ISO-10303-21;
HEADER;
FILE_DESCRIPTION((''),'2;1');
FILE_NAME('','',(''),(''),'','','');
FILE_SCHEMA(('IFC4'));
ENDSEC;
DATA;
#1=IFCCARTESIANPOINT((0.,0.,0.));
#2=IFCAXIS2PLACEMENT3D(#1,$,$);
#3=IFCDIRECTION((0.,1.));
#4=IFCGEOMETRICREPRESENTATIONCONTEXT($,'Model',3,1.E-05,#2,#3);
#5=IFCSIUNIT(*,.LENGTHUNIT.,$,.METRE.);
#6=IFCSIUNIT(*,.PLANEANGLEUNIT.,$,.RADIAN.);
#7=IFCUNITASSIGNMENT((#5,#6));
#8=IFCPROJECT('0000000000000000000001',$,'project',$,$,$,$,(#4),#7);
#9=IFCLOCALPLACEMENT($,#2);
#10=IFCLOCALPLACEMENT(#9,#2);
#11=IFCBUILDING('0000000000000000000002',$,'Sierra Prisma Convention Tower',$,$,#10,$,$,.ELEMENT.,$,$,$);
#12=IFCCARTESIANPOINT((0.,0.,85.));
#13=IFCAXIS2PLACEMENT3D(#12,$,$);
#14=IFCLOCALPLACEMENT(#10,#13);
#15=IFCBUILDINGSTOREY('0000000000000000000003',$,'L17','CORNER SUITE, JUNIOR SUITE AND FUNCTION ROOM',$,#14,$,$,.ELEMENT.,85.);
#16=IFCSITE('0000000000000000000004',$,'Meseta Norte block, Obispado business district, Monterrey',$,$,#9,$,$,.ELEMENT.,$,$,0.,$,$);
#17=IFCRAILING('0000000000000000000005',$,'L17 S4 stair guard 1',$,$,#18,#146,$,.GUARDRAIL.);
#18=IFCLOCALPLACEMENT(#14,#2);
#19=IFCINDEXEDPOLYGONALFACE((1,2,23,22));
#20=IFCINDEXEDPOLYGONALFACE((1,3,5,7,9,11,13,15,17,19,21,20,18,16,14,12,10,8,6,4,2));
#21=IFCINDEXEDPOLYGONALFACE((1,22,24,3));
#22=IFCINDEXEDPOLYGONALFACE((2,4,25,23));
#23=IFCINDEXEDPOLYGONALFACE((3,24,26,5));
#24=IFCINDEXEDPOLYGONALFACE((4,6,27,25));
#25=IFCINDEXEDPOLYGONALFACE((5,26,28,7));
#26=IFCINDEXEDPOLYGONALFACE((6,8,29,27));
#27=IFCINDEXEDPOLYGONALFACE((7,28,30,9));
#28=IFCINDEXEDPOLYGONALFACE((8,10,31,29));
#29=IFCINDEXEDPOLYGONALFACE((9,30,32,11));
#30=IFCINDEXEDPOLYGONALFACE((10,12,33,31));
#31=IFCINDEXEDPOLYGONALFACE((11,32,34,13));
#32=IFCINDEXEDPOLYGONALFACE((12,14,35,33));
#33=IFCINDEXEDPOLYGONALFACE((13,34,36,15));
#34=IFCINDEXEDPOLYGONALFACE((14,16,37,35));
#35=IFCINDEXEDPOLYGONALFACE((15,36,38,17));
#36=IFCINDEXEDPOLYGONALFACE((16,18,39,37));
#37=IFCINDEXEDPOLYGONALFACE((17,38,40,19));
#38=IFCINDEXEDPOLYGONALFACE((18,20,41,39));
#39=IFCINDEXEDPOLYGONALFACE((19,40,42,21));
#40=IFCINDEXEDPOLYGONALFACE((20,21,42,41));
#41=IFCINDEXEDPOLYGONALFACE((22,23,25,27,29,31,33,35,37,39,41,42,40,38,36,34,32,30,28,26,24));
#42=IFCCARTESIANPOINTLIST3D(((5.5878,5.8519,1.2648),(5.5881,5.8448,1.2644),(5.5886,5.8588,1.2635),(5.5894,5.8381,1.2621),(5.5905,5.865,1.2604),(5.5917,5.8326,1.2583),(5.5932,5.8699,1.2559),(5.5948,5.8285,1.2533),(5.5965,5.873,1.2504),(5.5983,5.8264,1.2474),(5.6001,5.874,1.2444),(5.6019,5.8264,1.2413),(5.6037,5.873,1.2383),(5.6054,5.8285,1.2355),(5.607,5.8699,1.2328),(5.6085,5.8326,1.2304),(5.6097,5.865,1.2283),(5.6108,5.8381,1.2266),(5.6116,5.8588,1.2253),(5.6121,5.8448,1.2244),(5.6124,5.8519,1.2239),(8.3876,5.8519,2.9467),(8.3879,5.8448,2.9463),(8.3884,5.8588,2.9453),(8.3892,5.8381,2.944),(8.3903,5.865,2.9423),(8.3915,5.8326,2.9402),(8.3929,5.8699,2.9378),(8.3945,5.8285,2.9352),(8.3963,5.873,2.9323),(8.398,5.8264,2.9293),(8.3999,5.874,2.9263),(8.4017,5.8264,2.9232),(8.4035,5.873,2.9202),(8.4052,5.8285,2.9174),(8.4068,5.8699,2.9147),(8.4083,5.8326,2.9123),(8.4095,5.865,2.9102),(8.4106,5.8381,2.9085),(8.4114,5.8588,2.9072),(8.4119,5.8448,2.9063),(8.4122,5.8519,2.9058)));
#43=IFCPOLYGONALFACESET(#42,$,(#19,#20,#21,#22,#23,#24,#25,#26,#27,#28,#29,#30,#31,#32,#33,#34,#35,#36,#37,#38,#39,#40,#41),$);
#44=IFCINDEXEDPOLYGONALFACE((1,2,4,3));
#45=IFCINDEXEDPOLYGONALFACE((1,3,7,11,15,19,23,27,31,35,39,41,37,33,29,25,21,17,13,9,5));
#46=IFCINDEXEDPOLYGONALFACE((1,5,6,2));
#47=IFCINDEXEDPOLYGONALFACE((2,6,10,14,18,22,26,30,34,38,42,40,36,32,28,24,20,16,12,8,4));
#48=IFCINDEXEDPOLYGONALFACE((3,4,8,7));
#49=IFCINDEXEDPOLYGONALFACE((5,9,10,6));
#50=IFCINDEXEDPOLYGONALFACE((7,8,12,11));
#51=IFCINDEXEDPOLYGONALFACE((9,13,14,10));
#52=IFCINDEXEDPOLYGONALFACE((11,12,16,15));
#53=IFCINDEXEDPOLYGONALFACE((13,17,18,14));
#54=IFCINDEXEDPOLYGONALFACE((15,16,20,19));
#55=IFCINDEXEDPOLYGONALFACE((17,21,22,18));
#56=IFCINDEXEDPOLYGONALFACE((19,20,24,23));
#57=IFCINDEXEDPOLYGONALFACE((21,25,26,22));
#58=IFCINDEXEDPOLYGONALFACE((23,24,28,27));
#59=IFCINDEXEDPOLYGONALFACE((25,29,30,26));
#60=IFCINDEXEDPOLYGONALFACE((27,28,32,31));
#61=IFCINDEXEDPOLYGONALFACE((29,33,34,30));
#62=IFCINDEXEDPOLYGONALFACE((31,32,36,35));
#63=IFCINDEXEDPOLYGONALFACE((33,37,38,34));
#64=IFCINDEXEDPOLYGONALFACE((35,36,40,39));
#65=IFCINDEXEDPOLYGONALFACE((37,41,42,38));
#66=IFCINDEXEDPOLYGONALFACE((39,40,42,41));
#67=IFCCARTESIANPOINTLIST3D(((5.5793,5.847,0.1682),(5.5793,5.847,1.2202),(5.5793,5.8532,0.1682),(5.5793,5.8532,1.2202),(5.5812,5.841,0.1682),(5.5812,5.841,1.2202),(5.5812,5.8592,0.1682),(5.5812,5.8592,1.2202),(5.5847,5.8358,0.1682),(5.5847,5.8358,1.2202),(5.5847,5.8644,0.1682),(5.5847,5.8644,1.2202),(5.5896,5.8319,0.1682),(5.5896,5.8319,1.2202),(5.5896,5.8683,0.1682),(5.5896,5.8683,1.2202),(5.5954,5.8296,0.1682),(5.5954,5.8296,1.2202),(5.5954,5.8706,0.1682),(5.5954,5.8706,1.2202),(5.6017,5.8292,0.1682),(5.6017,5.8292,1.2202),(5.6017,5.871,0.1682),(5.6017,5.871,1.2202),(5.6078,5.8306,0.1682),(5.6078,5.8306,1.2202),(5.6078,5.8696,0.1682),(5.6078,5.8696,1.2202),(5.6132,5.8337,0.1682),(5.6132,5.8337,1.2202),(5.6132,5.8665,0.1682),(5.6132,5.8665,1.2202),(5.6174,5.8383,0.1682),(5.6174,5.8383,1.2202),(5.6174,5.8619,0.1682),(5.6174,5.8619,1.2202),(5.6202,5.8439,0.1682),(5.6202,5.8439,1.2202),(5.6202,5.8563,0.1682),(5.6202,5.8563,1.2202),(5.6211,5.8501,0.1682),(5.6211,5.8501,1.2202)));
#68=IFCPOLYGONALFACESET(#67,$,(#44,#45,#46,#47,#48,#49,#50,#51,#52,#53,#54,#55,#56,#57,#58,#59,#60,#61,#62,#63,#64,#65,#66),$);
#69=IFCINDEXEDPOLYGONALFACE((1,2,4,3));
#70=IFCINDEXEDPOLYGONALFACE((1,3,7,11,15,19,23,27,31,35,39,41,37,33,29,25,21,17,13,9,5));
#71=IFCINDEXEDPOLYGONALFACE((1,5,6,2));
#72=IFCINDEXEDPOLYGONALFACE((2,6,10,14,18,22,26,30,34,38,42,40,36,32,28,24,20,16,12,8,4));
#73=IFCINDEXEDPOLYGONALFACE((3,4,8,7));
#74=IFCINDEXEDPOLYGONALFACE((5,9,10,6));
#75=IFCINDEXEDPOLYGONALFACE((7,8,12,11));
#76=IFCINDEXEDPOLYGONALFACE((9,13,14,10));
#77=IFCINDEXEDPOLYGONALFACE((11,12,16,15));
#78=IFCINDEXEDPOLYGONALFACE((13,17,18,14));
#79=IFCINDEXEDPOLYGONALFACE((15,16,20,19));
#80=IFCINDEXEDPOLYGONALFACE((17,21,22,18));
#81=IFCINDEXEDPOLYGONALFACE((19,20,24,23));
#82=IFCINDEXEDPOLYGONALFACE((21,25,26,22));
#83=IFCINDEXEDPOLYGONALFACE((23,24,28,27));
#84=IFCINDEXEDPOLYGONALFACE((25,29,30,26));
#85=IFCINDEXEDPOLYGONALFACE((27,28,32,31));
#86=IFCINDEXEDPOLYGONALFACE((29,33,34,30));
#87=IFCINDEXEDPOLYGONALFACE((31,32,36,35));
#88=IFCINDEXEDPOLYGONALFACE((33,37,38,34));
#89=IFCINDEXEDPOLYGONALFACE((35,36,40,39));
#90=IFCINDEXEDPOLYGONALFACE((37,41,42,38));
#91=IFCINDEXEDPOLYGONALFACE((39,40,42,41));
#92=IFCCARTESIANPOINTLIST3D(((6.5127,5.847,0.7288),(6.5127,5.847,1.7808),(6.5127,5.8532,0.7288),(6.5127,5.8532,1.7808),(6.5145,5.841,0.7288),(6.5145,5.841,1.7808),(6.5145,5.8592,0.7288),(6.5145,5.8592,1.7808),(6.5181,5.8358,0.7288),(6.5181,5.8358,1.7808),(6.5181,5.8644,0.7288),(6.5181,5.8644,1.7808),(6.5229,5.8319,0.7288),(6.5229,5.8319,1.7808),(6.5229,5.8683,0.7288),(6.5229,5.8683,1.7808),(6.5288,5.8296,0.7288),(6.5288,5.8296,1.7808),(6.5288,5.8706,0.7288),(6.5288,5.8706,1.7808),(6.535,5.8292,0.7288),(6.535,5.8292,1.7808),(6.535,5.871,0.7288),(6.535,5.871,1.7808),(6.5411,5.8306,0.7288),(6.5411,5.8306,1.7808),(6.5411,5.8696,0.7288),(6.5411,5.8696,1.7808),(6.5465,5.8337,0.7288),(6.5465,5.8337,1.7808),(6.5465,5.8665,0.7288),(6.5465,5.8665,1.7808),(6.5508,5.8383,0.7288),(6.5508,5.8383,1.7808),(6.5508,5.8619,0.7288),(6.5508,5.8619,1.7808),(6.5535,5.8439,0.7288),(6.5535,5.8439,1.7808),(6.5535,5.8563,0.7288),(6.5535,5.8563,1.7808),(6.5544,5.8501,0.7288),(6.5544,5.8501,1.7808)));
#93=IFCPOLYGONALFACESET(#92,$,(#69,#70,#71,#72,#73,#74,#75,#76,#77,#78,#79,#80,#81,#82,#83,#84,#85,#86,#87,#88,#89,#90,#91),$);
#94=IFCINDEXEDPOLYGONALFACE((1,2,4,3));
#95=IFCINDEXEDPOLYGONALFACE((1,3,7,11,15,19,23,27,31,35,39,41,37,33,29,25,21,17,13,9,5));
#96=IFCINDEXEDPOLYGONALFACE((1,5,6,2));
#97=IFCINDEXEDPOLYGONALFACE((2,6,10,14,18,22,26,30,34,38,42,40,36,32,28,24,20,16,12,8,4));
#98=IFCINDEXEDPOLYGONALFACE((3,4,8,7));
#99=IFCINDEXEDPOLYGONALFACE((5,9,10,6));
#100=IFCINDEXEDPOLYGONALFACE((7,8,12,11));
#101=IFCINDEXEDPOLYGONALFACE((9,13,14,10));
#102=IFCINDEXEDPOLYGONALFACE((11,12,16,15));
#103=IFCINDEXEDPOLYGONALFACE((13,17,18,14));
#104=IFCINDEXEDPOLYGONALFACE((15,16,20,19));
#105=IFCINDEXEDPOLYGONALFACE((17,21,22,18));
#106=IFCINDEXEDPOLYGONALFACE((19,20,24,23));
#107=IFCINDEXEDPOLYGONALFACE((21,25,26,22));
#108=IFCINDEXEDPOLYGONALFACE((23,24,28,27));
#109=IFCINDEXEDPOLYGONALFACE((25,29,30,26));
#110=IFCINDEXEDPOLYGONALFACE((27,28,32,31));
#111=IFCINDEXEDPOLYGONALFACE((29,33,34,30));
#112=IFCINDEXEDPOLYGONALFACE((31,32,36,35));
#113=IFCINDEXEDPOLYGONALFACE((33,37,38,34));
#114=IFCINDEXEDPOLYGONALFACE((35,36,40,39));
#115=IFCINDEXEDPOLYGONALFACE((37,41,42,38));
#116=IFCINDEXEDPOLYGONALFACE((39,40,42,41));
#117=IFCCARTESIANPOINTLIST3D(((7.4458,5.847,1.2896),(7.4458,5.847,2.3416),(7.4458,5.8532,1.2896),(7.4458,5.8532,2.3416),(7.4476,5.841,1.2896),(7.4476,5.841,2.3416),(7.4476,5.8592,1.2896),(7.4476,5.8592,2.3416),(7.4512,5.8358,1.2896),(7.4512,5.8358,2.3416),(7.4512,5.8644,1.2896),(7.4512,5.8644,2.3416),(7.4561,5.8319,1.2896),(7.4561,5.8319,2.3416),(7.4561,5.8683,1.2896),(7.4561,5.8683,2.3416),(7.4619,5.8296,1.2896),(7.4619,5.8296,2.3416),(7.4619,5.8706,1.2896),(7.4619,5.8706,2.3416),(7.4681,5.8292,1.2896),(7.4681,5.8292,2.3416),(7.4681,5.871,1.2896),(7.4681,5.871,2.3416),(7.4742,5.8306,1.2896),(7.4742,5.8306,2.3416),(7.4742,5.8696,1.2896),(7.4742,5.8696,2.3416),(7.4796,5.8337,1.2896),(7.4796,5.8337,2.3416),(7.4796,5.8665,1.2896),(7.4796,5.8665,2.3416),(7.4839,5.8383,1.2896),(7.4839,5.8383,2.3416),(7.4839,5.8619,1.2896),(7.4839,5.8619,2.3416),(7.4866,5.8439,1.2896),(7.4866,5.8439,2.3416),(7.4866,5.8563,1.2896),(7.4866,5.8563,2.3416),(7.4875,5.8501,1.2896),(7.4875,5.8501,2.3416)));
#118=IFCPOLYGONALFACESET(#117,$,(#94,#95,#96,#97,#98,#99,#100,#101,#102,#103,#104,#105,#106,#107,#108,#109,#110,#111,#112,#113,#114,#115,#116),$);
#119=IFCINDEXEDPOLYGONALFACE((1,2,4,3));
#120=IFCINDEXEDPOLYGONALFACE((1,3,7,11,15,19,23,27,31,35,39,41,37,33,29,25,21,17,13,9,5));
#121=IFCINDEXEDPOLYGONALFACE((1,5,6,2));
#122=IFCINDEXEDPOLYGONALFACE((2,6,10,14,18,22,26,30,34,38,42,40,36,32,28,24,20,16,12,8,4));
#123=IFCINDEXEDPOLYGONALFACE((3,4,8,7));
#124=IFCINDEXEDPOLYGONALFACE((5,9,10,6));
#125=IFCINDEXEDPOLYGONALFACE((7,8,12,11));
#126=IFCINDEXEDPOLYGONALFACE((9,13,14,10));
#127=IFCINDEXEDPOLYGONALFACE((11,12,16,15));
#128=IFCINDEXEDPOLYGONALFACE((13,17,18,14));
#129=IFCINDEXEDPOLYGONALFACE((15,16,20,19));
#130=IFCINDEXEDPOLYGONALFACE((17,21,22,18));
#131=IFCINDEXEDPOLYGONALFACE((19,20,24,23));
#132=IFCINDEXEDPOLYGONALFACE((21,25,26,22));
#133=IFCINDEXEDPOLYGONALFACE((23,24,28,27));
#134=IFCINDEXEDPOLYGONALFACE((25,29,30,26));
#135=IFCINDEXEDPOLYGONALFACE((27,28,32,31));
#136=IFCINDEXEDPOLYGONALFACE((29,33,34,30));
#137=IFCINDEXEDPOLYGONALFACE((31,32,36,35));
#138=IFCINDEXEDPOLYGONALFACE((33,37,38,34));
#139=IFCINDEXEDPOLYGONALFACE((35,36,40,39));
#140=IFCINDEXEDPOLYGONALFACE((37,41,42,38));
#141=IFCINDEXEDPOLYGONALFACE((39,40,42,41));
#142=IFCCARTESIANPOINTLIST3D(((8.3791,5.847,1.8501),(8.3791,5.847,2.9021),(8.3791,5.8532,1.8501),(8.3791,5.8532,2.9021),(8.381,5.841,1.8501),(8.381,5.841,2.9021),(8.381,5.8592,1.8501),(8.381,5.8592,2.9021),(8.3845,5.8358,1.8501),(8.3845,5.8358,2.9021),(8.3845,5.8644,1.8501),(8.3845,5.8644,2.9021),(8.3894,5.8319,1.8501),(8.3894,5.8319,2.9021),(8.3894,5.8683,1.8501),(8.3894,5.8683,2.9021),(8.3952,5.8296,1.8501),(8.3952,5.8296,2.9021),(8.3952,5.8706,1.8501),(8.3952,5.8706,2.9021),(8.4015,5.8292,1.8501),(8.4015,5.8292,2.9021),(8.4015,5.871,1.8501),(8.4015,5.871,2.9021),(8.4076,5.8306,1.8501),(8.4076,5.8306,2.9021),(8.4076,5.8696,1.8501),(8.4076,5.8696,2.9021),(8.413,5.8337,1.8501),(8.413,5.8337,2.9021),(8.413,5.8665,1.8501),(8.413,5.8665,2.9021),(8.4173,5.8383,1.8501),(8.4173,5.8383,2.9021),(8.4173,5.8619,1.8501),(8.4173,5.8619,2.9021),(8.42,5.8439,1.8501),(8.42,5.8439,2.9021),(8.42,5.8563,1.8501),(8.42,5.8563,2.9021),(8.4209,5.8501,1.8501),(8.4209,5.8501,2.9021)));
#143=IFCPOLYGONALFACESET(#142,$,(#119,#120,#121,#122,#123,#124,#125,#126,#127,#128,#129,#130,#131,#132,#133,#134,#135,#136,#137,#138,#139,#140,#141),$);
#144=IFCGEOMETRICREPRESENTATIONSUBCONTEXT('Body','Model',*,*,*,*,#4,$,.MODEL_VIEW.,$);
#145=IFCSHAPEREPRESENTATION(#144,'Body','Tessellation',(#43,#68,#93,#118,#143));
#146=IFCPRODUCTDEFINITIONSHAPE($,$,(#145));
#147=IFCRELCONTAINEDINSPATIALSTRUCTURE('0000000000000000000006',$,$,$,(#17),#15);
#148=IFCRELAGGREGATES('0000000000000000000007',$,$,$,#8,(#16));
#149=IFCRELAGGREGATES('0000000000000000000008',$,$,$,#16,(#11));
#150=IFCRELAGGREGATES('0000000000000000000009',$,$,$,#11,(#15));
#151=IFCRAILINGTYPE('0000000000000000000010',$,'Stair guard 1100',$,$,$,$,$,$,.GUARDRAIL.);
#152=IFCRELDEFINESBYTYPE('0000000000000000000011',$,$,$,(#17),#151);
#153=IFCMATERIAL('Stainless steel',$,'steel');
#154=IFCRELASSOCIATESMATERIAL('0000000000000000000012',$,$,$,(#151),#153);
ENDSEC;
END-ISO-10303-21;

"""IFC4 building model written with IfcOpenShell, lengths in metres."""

from ifc_helpers import new_model, si_unit, direction, frame, origin, origin_2d, place, context, subcontext, project, spatial, circle, extrude, material, type_object, element, save


model = new_model("IFC4")

# Units and contexts
model_context = context("Model", 3, precision=1e-05, world=origin(), true_north=direction((0.0, 1.0)))
body_context = subcontext(model_context, "Body", "Model", "MODEL_VIEW")
ifc_project = project(units=[si_unit("LENGTHUNIT", "METRE"), si_unit("PLANEANGLEUNIT", "RADIAN")], contexts=[model_context])

# Site, building, storey
site_placement = place(None, origin())
site = spatial("IfcSite", under=ifc_project, at=site_placement, Name="Meseta Norte block, Obispado business district, Monterrey", CompositionType="ELEMENT", RefElevation=0.0)
building_placement = place(site_placement, origin())
building = spatial("IfcBuilding", under=site, at=building_placement, Name="Sierra Prisma Convention Tower", CompositionType="ELEMENT")
storey_placement = place(building_placement, frame((0.0, 0.0, 85.0)))
storey = spatial("IfcBuildingStorey", under=building, at=storey_placement, Name="L17", Description="CORNER SUITE, JUNIOR SUITE AND FUNCTION ROOM", CompositionType="ELEMENT", Elevation=85.0)

# Railing
ifc_material_1 = material(Name="Stainless steel", Category="steel")
railing_type_1 = type_object("IfcRailingType", Name="Stair guard 1100", PredefinedType="GUARDRAIL", material=ifc_material_1)
railing_1_placement = place(storey_placement, frame((5.6001, 5.8501, 0.1682)))
element("IfcRailing", 1, at=railing_1_placement, inside=storey, type_object=railing_type_1, Name="L17 S4 stair guard 1", PredefinedType="GUARDRAIL", context=body_context, shape_type="SweptSolid", body=[
    extrude(circle(Radius=0.0239, at=origin_2d()), frame((0.0, 0.0, 1.0762), z_axis=(0.857222, 0.0, 0.514946), x_axis=(0.0, 1.0, 0.0)), (0.0, 0.0, 1.0), 3.2661),
    extrude(circle(Radius=0.021, at=origin_2d()), origin(), (0.0, 0.0, 1.0), 1.052),
    extrude(circle(Radius=0.021, at=origin_2d()), frame((0.9333, 0.0, 0.5605)), (0.0, 0.0, 1.0), 1.052),
    extrude(circle(Radius=0.021, at=origin_2d()), frame((1.8665, 0.0, 1.1213)), (0.0, 0.0, 1.0), 1.052),
    extrude(circle(Radius=0.021, at=origin_2d()), frame((2.7998, 0.0, 1.6819)), (0.0, 0.0, 1.0), 1.052),
])

save(model, "model.ifc")
